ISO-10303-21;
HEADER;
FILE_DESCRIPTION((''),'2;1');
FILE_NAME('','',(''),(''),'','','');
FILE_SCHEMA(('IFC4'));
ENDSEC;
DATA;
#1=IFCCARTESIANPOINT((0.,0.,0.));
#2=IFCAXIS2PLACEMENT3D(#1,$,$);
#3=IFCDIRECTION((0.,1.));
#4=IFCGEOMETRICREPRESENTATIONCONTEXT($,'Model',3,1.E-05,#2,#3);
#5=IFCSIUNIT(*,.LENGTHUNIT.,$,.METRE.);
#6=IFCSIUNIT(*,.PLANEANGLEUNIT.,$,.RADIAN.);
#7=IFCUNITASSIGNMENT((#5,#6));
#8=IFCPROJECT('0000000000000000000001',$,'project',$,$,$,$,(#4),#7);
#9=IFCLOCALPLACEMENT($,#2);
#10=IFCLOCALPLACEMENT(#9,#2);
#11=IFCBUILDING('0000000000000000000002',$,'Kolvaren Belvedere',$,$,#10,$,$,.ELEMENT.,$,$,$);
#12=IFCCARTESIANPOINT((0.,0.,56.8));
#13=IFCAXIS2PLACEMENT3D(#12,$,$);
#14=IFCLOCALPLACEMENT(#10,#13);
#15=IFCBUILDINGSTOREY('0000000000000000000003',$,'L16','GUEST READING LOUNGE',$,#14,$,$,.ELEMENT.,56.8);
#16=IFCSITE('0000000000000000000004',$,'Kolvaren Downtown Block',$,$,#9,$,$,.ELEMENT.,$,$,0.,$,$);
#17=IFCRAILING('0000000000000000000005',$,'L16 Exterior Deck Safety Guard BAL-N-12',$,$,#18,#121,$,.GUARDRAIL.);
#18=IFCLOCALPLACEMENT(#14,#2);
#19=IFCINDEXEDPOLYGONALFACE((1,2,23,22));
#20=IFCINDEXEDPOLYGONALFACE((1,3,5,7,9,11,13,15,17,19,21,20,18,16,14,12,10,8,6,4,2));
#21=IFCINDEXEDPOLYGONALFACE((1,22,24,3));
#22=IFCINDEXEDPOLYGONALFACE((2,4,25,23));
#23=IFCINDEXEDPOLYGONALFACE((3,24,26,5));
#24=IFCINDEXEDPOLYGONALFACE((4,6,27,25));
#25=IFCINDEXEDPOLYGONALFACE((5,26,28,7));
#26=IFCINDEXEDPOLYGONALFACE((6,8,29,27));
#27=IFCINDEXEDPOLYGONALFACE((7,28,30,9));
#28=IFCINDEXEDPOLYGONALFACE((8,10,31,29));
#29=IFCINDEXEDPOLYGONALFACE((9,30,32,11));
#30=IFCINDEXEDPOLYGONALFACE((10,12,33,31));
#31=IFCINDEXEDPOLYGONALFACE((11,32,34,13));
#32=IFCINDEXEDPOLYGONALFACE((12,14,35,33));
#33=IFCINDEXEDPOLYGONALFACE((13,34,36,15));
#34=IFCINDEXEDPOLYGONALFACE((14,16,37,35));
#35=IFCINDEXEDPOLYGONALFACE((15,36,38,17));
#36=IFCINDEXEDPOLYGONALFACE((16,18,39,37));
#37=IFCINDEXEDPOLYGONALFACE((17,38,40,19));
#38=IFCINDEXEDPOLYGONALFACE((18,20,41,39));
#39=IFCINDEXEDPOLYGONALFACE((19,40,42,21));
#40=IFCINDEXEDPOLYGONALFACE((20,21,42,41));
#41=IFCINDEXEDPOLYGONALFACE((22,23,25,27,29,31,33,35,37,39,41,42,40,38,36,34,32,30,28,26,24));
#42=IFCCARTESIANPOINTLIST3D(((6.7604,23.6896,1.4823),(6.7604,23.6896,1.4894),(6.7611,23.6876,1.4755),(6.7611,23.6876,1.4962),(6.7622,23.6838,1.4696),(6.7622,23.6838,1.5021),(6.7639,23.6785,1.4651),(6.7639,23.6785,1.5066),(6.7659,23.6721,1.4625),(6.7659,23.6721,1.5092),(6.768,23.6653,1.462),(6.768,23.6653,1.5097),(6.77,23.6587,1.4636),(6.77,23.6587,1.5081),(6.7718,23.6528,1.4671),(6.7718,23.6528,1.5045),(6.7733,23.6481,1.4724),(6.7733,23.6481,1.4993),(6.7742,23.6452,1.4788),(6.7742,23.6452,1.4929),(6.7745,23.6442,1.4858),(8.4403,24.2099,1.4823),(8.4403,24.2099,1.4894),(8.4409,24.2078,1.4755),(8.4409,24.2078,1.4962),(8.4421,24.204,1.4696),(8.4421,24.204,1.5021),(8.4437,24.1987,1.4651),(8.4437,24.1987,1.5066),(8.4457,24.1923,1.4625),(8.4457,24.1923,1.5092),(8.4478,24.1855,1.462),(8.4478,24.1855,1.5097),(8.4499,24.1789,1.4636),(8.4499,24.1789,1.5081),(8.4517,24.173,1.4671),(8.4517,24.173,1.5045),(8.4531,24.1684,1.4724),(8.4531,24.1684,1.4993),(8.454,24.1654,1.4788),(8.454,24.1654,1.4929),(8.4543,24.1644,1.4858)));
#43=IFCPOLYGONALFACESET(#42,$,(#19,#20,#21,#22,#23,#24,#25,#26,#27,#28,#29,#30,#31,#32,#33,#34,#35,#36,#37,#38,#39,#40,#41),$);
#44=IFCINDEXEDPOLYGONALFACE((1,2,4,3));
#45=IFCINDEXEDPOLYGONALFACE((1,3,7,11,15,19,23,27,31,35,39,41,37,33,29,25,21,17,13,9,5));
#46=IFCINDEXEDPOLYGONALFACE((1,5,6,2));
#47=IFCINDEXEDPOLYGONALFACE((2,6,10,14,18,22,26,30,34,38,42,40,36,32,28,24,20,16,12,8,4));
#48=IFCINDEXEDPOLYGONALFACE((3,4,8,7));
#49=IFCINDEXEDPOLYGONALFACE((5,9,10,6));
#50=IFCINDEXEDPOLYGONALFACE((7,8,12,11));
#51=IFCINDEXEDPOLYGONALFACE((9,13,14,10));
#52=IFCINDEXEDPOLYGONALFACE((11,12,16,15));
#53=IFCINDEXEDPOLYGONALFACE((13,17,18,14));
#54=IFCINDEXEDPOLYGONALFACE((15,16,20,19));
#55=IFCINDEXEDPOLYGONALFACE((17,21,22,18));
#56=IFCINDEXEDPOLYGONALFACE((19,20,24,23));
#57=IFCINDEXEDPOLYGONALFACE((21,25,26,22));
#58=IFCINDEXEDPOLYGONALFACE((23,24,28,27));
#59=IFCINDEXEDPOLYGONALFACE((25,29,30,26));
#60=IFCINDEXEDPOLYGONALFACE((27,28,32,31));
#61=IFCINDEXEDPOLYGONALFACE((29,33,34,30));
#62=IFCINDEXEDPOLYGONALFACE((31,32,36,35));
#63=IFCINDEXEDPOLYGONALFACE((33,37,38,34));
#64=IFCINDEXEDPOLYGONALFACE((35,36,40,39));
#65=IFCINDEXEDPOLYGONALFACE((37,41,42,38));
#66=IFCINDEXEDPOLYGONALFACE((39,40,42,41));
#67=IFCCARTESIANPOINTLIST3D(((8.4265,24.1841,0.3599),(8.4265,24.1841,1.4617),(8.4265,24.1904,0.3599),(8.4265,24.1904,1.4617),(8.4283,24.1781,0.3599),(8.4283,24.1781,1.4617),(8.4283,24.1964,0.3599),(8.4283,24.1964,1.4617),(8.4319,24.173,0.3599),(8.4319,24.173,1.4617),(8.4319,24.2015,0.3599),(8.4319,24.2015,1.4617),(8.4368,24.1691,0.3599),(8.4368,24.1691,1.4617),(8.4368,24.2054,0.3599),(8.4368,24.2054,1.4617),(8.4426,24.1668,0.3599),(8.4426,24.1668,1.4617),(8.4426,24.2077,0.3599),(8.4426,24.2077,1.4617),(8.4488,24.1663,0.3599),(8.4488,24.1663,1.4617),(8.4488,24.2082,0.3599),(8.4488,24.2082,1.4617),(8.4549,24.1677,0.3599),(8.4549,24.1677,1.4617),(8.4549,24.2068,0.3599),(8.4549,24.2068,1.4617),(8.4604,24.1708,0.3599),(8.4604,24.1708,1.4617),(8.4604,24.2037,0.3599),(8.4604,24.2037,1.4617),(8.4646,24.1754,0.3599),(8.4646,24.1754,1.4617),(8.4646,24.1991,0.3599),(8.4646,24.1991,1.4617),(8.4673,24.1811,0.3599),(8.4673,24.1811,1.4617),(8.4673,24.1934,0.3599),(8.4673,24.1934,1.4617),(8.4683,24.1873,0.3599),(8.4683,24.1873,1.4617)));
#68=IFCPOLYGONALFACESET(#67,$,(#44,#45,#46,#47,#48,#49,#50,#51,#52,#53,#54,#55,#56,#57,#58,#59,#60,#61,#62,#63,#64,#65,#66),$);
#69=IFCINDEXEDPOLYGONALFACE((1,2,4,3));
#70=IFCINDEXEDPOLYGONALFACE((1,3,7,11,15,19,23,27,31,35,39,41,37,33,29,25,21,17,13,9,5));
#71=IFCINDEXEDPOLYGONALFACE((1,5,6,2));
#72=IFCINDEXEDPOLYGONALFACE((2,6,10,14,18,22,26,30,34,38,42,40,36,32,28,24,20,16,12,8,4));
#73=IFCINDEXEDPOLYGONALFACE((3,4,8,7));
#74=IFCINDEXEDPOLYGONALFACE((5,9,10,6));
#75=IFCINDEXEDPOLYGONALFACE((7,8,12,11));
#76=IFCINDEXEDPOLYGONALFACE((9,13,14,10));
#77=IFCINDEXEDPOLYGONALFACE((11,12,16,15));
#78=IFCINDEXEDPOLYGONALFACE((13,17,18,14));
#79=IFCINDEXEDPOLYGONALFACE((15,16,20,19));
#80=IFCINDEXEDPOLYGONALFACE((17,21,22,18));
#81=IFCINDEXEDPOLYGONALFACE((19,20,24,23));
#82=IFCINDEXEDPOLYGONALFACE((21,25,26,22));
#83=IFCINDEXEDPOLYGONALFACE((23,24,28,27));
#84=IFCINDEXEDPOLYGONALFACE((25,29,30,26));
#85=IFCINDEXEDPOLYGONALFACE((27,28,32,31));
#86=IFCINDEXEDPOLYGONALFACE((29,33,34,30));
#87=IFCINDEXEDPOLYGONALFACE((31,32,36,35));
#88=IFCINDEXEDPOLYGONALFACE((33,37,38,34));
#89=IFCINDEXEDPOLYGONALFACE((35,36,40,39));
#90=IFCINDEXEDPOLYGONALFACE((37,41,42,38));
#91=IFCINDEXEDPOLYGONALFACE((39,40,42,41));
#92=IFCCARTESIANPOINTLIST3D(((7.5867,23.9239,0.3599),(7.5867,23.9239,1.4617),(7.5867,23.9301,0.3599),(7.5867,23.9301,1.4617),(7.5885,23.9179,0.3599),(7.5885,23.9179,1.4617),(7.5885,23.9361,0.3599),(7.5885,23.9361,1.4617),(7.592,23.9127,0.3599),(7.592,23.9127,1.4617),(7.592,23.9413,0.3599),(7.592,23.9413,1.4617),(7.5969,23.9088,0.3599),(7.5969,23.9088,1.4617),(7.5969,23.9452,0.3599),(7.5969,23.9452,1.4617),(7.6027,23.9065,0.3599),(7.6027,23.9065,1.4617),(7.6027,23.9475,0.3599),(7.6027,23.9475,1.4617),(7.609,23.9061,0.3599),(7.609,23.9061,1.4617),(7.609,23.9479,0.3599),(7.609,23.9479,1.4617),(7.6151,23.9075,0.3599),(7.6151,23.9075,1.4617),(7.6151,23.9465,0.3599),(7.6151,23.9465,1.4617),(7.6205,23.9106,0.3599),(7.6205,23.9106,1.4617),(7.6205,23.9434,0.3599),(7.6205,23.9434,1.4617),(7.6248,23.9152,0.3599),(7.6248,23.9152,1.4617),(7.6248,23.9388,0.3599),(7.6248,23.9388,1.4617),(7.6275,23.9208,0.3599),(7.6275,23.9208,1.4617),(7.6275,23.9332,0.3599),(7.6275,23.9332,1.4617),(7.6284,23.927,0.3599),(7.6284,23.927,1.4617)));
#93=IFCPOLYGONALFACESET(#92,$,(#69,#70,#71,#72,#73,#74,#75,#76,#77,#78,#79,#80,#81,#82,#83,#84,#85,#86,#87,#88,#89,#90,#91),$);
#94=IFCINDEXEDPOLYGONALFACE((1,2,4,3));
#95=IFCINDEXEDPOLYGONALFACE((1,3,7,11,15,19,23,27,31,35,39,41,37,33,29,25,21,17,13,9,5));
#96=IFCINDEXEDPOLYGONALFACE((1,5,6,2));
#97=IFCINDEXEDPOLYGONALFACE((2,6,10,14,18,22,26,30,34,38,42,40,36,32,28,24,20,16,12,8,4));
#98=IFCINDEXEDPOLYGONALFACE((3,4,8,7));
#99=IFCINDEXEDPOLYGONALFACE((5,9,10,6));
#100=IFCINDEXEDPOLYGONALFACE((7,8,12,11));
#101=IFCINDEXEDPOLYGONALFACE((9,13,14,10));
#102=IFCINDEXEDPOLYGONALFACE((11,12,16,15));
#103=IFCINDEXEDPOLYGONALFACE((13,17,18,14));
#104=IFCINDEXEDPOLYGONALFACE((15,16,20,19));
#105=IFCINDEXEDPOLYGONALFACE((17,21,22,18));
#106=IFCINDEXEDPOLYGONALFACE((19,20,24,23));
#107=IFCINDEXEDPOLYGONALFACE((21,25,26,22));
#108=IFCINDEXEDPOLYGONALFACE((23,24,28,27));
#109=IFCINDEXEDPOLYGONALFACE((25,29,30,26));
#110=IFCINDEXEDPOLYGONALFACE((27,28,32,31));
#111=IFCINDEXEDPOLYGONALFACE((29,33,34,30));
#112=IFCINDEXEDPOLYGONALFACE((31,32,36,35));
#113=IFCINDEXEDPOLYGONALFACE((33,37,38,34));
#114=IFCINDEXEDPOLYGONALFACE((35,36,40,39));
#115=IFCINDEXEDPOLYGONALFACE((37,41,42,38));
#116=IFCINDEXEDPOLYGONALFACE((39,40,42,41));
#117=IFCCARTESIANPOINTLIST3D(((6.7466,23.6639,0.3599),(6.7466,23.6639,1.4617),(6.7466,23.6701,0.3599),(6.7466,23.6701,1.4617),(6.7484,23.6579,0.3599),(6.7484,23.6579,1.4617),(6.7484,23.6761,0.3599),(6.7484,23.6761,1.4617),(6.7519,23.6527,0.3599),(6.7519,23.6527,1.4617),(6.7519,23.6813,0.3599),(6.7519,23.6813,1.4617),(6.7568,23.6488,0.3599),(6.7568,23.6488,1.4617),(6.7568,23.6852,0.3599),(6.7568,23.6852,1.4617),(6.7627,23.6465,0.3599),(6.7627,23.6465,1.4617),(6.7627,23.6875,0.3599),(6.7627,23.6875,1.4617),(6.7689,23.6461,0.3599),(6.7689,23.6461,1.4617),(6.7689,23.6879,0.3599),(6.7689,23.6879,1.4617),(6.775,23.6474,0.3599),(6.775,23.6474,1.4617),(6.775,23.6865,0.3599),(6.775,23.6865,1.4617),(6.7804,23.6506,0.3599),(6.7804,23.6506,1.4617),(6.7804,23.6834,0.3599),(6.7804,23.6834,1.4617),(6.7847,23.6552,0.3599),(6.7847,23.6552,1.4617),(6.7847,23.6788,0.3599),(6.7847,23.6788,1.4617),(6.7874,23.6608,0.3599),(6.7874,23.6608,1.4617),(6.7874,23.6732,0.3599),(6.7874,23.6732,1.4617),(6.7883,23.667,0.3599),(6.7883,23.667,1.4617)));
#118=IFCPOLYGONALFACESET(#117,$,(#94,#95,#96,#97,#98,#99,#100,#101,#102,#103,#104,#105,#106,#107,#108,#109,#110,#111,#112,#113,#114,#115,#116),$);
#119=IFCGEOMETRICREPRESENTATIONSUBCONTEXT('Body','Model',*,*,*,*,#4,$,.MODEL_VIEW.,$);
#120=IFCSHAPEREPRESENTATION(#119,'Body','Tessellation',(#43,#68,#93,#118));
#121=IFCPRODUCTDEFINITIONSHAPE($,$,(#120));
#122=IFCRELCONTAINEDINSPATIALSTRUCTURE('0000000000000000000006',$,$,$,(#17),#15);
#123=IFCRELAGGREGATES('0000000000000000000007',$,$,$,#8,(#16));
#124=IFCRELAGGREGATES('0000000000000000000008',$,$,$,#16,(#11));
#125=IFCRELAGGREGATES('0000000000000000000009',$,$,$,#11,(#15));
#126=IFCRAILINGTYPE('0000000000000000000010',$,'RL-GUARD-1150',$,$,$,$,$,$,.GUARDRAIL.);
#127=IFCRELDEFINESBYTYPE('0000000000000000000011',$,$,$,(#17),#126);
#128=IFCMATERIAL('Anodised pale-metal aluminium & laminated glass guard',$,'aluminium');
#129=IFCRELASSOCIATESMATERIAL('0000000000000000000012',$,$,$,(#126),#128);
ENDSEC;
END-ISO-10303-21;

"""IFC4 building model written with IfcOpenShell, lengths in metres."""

from ifc_helpers import new_model, si_unit, direction, frame, origin, origin_2d, place, context, subcontext, project, spatial, circle, extrude, material, type_object, element, save


model = new_model("IFC4")

# Units and contexts
model_context = context("Model", 3, precision=1e-05, world=origin(), true_north=direction((0.0, 1.0)))
body_context = subcontext(model_context, "Body", "Model", "MODEL_VIEW")
ifc_project = project(units=[si_unit("LENGTHUNIT", "METRE"), si_unit("PLANEANGLEUNIT", "RADIAN")], contexts=[model_context])

# Site, building, storey
site_placement = place(None, origin())
site = spatial("IfcSite", under=ifc_project, at=site_placement, Name="Kolvaren Downtown Block", CompositionType="ELEMENT", RefElevation=0.0)
building_placement = place(site_placement, origin())
building = spatial("IfcBuilding", under=site, at=building_placement, Name="Kolvaren Belvedere", CompositionType="ELEMENT")
storey_placement = place(building_placement, frame((0.0, 0.0, 56.8)))
storey = spatial("IfcBuildingStorey", under=building, at=storey_placement, Name="L16", Description="GUEST READING LOUNGE", CompositionType="ELEMENT", Elevation=56.8)

# Railing
ifc_material_1 = material(Name="Anodised pale-metal aluminium & laminated glass guard", Category="aluminium")
railing_type = type_object("IfcRailingType", Name="RL-GUARD-1150", PredefinedType="GUARDRAIL", material=ifc_material_1)
railing_1_placement = place(storey_placement, frame((8.4473, 24.1873, 0.3599)))
element("IfcRailing", 1, at=railing_1_placement, inside=storey, type_object=railing_type, Name="L16 Exterior Deck Safety Guard BAL-N-12", PredefinedType="GUARDRAIL", context=body_context, shape_type="SweptSolid", body=[
    extrude(circle(Radius=0.0239, at=origin_2d()), frame((0.0, 0.0, 1.126), z_axis=(-0.95524, -0.295832, 0.0), x_axis=(0.295832, -0.95524, 0.0)), (0.0, 0.0, 1.0), 1.7585),
    extrude(circle(Radius=0.021, at=origin_2d()), origin(), (0.0, 0.0, 1.0), 1.1018),
    extrude(circle(Radius=0.021, at=origin_2d()), frame((-0.8398, -0.2603, 0.0)), (0.0, 0.0, 1.0), 1.1018),
    extrude(circle(Radius=0.021, at=origin_2d()), frame((-1.6799, -0.5203, 0.0)), (0.0, 0.0, 1.0), 1.1018),
])

save(model, "model.ifc")
